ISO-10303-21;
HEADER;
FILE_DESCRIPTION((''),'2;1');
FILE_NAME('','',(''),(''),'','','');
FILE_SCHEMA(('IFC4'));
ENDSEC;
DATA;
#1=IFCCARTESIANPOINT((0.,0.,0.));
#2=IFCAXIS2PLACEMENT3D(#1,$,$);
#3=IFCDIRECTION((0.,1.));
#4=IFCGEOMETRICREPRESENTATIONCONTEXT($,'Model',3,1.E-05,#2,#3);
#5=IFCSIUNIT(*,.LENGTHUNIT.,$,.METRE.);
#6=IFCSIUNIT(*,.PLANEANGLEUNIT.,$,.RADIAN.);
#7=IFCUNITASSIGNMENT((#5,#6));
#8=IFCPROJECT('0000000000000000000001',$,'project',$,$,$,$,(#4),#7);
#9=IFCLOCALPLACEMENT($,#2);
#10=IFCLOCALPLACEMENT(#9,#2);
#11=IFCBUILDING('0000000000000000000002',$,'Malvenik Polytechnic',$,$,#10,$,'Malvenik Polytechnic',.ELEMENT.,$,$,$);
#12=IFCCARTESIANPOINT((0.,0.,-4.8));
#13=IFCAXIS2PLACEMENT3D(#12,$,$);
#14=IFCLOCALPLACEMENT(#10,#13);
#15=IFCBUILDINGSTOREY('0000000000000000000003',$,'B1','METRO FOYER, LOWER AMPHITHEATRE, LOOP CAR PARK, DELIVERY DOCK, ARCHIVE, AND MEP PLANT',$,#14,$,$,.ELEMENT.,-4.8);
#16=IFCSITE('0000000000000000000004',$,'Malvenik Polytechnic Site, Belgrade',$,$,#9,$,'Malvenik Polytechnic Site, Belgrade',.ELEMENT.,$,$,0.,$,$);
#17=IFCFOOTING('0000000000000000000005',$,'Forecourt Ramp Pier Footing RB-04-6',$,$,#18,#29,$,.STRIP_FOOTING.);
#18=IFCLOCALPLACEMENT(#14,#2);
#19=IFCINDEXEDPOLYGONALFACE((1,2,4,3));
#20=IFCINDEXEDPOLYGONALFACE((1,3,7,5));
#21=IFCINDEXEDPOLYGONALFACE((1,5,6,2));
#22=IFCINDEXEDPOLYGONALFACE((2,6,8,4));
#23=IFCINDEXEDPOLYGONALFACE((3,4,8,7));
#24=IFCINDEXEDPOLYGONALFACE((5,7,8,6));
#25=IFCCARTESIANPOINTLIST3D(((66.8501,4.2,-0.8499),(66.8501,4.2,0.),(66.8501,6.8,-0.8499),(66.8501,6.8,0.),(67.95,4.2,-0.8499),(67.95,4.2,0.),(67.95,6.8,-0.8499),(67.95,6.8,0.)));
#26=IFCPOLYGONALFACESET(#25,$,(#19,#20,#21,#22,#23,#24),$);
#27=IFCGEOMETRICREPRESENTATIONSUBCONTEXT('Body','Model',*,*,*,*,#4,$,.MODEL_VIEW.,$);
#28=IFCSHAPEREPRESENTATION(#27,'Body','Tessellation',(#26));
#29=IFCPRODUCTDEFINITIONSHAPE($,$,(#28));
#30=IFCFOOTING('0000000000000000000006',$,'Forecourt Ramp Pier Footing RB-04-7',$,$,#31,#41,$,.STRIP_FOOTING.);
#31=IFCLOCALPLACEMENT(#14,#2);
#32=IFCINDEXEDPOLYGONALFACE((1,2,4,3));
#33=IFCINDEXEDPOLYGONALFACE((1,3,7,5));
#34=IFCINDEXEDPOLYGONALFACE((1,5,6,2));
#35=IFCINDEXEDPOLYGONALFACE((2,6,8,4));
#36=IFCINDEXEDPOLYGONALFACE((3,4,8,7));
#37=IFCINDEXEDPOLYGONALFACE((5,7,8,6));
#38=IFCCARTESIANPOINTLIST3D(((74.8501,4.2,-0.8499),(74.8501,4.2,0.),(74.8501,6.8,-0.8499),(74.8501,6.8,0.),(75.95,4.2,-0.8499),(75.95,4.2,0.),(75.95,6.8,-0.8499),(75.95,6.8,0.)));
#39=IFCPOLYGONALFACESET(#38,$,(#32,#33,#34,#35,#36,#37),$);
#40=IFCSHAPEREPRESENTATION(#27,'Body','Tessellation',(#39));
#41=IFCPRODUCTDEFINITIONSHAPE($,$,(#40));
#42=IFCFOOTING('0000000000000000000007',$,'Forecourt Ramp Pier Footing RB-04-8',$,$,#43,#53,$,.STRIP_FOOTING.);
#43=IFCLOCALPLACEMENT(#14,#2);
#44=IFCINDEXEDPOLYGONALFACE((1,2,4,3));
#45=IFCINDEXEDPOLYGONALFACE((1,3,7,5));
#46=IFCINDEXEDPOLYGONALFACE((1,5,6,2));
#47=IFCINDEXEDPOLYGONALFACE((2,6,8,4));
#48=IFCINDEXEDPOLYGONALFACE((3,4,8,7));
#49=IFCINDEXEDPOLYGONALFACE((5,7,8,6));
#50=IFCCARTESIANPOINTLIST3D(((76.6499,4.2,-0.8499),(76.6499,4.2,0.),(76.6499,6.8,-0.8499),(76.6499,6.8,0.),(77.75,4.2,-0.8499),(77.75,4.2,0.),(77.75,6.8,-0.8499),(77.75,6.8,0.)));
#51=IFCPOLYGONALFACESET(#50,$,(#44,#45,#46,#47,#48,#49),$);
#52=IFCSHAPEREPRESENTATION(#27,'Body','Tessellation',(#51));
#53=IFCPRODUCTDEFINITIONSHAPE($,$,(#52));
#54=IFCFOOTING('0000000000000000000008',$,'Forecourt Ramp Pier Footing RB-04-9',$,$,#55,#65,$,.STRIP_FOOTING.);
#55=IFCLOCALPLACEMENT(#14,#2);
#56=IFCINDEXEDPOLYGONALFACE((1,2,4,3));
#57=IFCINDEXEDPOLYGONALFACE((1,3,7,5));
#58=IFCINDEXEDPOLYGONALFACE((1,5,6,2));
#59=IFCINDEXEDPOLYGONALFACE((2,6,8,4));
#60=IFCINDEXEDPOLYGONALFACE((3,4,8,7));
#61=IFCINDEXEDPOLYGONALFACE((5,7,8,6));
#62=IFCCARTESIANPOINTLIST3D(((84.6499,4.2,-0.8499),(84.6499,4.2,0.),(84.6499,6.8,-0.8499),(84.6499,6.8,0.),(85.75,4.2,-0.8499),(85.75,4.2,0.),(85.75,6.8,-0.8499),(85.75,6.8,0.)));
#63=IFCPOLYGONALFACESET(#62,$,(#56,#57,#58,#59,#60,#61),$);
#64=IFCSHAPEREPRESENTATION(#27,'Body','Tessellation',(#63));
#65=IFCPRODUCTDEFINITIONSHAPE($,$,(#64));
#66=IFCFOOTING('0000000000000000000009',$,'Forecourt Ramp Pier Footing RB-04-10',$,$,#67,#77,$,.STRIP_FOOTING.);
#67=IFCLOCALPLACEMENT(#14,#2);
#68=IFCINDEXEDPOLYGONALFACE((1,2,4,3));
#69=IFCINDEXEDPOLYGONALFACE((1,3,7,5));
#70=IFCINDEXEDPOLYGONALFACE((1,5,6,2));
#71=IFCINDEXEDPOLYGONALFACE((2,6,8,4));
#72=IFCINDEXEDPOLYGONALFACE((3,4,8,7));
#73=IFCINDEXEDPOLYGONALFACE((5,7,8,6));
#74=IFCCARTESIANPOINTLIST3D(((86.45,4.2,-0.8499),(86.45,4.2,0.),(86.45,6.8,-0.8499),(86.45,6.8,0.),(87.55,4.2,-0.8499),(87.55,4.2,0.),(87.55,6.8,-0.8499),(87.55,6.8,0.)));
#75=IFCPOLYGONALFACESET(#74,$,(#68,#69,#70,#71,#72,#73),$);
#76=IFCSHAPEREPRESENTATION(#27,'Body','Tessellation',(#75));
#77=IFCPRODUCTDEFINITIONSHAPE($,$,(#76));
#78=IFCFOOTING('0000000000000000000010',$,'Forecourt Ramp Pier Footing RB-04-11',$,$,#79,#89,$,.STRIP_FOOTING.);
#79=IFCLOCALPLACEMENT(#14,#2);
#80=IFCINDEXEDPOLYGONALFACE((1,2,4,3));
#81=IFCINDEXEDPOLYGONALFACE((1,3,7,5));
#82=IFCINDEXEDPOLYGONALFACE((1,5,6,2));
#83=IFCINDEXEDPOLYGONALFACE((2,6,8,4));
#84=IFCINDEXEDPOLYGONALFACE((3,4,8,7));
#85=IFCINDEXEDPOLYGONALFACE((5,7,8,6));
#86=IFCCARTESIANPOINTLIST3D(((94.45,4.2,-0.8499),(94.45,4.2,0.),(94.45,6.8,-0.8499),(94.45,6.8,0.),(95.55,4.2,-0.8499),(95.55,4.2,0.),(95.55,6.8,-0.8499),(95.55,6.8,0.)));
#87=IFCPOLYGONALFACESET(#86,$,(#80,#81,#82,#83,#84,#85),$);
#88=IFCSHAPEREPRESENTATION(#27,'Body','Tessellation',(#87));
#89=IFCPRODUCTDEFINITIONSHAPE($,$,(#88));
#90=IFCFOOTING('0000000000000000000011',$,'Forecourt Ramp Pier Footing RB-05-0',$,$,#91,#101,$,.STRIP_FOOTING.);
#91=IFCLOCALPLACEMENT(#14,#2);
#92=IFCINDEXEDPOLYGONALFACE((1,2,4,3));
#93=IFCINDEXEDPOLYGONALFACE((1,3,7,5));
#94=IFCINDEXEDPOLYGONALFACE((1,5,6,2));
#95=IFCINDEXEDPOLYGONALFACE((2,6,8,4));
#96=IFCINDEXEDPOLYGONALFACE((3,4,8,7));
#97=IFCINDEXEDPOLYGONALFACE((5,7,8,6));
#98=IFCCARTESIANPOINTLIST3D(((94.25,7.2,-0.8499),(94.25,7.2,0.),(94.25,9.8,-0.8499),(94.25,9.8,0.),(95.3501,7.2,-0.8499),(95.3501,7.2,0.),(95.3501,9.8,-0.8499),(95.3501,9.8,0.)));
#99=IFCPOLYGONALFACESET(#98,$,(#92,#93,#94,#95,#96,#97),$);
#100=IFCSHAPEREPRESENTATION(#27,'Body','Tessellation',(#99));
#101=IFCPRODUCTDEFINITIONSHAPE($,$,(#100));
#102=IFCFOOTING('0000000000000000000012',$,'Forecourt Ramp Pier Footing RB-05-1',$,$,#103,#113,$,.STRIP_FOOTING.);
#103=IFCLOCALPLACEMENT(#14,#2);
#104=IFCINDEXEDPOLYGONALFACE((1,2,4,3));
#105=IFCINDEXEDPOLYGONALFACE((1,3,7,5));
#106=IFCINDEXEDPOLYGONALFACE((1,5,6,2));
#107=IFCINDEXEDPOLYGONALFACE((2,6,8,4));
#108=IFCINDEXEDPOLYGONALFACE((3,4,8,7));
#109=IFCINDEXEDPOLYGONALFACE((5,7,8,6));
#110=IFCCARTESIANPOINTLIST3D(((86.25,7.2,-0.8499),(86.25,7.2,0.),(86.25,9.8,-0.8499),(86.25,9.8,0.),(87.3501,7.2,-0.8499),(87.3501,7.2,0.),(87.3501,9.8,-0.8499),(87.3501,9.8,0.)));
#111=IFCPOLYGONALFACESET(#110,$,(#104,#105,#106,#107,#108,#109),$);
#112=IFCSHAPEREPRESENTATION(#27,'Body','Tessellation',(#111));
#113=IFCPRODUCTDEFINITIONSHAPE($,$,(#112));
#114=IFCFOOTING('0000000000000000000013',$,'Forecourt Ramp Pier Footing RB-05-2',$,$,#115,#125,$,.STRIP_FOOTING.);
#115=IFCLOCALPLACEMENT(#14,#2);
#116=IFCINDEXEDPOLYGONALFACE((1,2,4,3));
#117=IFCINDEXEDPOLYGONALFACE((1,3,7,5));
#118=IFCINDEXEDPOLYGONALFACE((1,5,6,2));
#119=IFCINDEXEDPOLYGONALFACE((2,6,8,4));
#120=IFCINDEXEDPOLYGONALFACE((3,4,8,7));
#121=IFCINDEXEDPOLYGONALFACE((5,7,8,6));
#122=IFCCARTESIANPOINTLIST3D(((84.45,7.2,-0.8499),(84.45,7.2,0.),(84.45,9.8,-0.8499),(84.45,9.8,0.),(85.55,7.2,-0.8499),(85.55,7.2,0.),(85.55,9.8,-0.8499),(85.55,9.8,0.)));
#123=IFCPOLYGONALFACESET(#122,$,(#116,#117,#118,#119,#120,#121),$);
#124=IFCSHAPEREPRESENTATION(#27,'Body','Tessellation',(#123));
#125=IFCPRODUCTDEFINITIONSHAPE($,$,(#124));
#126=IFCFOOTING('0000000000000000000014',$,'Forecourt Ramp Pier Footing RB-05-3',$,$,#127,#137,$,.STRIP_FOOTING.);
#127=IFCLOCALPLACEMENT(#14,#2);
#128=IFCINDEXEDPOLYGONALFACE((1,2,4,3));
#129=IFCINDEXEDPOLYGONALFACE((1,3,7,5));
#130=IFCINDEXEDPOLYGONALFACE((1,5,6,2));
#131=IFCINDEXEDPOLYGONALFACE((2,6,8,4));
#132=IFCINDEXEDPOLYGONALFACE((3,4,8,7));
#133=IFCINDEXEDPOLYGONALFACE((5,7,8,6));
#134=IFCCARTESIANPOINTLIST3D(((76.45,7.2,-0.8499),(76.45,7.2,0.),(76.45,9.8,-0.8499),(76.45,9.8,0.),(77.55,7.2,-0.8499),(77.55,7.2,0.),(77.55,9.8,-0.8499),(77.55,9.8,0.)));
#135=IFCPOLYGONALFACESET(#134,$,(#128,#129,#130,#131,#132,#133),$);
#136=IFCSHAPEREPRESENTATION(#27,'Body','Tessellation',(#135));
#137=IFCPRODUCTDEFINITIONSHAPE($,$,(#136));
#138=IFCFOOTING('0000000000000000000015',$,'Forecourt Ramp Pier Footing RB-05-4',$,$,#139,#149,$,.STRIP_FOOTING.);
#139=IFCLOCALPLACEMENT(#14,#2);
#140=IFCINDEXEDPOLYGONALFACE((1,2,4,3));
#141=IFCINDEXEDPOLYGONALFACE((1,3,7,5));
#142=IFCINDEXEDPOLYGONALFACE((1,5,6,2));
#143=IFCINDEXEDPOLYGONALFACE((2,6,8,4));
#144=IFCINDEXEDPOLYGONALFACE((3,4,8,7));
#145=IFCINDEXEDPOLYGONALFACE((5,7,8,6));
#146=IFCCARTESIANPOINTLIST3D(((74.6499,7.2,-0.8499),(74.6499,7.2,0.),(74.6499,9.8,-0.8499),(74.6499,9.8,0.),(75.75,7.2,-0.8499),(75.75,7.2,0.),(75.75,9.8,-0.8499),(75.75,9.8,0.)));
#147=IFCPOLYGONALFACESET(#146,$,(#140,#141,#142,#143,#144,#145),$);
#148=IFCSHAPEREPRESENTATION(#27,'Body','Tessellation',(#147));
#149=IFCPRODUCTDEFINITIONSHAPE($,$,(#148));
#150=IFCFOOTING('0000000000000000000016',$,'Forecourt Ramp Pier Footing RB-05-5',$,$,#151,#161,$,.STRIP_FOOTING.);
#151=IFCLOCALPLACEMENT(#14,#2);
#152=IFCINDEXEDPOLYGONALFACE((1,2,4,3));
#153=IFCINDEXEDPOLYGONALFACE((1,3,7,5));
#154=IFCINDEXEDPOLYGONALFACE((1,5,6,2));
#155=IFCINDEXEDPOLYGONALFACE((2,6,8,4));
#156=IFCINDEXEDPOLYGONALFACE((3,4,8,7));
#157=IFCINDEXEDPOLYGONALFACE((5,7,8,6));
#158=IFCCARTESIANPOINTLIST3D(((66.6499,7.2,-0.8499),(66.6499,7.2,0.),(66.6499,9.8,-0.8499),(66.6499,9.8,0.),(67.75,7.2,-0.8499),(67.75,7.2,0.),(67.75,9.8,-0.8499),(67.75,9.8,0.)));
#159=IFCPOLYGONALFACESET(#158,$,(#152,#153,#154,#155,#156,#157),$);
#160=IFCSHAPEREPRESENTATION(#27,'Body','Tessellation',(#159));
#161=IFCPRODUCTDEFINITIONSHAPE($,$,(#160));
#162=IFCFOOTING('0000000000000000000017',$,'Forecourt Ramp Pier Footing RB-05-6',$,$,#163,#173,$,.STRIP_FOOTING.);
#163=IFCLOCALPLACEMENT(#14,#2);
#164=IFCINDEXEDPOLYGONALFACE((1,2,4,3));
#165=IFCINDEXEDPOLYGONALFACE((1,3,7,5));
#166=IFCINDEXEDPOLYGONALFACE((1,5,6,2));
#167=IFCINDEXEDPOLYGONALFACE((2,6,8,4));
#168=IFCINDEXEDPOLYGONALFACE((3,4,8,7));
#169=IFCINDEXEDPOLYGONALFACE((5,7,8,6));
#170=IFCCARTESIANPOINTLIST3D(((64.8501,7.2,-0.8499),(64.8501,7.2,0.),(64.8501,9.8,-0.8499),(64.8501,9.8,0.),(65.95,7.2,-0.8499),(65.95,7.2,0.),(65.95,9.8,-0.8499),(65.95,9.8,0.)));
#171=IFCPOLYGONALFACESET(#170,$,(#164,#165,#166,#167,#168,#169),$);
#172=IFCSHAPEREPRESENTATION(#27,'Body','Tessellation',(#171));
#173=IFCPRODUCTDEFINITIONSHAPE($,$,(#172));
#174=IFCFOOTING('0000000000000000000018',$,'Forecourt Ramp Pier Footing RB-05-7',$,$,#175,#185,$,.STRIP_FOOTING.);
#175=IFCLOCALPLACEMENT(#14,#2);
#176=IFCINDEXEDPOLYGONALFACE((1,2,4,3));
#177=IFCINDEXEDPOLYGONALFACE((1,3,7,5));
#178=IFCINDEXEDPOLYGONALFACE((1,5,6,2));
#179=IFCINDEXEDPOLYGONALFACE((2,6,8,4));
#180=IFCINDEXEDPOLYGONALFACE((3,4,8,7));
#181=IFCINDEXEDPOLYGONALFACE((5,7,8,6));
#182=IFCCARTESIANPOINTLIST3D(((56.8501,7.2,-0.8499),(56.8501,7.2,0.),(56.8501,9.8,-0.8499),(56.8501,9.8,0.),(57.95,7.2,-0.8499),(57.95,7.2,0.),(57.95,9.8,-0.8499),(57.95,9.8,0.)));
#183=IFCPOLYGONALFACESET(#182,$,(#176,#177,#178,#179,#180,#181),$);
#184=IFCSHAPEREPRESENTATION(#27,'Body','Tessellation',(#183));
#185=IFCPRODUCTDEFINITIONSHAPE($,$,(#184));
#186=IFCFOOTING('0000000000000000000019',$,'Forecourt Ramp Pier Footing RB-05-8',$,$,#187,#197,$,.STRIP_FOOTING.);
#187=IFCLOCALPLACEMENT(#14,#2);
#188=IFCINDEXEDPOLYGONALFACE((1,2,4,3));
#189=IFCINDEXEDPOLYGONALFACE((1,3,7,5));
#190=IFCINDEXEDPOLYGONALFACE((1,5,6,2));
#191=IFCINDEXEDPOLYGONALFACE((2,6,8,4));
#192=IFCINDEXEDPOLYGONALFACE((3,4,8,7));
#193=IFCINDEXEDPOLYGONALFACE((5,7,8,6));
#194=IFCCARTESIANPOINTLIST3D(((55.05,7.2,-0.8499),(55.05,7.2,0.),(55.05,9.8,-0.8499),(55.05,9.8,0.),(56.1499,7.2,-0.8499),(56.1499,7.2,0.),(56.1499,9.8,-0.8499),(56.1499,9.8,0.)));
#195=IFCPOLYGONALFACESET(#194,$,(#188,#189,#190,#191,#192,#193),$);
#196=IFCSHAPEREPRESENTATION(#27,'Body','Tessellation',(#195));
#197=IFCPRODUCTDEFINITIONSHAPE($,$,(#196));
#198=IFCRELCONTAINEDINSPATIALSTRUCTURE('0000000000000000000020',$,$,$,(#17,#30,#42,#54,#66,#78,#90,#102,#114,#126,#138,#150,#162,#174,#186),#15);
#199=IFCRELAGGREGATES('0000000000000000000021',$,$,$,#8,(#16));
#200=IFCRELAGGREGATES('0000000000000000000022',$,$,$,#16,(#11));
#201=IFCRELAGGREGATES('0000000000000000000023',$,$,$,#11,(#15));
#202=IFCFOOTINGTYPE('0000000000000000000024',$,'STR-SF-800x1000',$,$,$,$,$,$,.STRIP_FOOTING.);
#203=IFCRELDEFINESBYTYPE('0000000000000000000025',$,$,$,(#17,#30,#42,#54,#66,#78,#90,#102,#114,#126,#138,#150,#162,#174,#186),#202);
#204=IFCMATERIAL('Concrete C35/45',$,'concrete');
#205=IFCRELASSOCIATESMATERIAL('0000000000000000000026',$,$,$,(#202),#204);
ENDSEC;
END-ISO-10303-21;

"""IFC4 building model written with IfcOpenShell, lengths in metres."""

from ifc_helpers import new_model, si_unit, direction, frame, origin, place, context, subcontext, project, spatial, polyline, outline, extrude, material, type_object, element, save


model = new_model("IFC4")

# Units and contexts
model_context = context("Model", 3, precision=1e-05, world=origin(), true_north=direction((0.0, 1.0)))
body_context = subcontext(model_context, "Body", "Model", "MODEL_VIEW")
ifc_project = project(units=[si_unit("LENGTHUNIT", "METRE"), si_unit("PLANEANGLEUNIT", "RADIAN")], contexts=[model_context])

# Site, building, storey
site_placement = place(None, origin())
site = spatial("IfcSite", under=ifc_project, at=site_placement, Name="Malvenik Polytechnic Site, Belgrade", LongName="Malvenik Polytechnic Site, Belgrade", CompositionType="ELEMENT", RefElevation=0.0)
building_placement = place(site_placement, origin())
building = spatial("IfcBuilding", under=site, at=building_placement, Name="Malvenik Polytechnic", LongName="Malvenik Polytechnic", CompositionType="ELEMENT")
storey_placement = place(building_placement, frame((0.0, 0.0, -4.8)))
storey = spatial("IfcBuildingStorey", under=building, at=storey_placement, Name="B1", Description="METRO FOYER, LOWER AMPHITHEATRE, LOOP CAR PARK, DELIVERY DOCK, ARCHIVE, AND MEP PLANT", CompositionType="ELEMENT", Elevation=-4.8)

# Footings
ifc_material = material(Name="Concrete C35/45", Category="concrete")
footing_type = type_object("IfcFootingType", Name="STR-SF-800x1000", PredefinedType="STRIP_FOOTING", material=ifc_material)
footing_1_placement = place(storey_placement, frame((0.0, 0.0, -0.8499)))
element("IfcFooting", 1, at=footing_1_placement, inside=storey, type_object=footing_type, Name="Forecourt Ramp Pier Footing RB-04-6", PredefinedType="STRIP_FOOTING", context=body_context, shape_type="SweptSolid", body=[
    extrude(outline(polyline([(66.8501, 4.2), (66.8501, 6.8), (67.95, 6.8), (67.95, 4.2), (66.8501, 4.2)])), origin(), (0.0, 0.0, 1.0), 0.8499),
])
footing_2_placement = place(storey_placement, frame((0.0, 0.0, -0.8499)))
element("IfcFooting", 2, at=footing_2_placement, inside=storey, type_object=footing_type, Name="Forecourt Ramp Pier Footing RB-04-7", PredefinedType="STRIP_FOOTING", context=body_context, shape_type="SweptSolid", body=[
    extrude(outline(polyline([(74.8501, 4.2), (74.8501, 6.8), (75.95, 6.8), (75.95, 4.2), (74.8501, 4.2)])), origin(), (0.0, 0.0, 1.0), 0.8499),
])
footing_3_placement = place(storey_placement, frame((0.0, 0.0, -0.8499)))
element("IfcFooting", 3, at=footing_3_placement, inside=storey, type_object=footing_type, Name="Forecourt Ramp Pier Footing RB-04-8", PredefinedType="STRIP_FOOTING", context=body_context, shape_type="SweptSolid", body=[
    extrude(outline(polyline([(76.6499, 4.2), (76.6499, 6.8), (77.75, 6.8), (77.75, 4.2), (76.6499, 4.2)])), origin(), (0.0, 0.0, 1.0), 0.8499),
])
footing_4_placement = place(storey_placement, frame((0.0, 0.0, -0.8499)))
element("IfcFooting", 4, at=footing_4_placement, inside=storey, type_object=footing_type, Name="Forecourt Ramp Pier Footing RB-04-9", PredefinedType="STRIP_FOOTING", context=body_context, shape_type="SweptSolid", body=[
    extrude(outline(polyline([(84.6499, 4.2), (84.6499, 6.8), (85.75, 6.8), (85.75, 4.2), (84.6499, 4.2)])), origin(), (0.0, 0.0, 1.0), 0.8499),
])
footing_5_placement = place(storey_placement, frame((0.0, 0.0, -0.8499)))
element("IfcFooting", 5, at=footing_5_placement, inside=storey, type_object=footing_type, Name="Forecourt Ramp Pier Footing RB-04-10", PredefinedType="STRIP_FOOTING", context=body_context, shape_type="SweptSolid", body=[
    extrude(outline(polyline([(86.45, 4.2), (86.45, 6.8), (87.55, 6.8), (87.55, 4.2), (86.45, 4.2)])), origin(), (0.0, 0.0, 1.0), 0.8499),
])
footing_6_placement = place(storey_placement, frame((0.0, 0.0, -0.8499)))
element("IfcFooting", 6, at=footing_6_placement, inside=storey, type_object=footing_type, Name="Forecourt Ramp Pier Footing RB-04-11", PredefinedType="STRIP_FOOTING", context=body_context, shape_type="SweptSolid", body=[
    extrude(outline(polyline([(94.45, 4.2), (94.45, 6.8), (95.55, 6.8), (95.55, 4.2), (94.45, 4.2)])), origin(), (0.0, 0.0, 1.0), 0.8499),
])
footing_7_placement = place(storey_placement, frame((0.0, 0.0, -0.8499)))
element("IfcFooting", 7, at=footing_7_placement, inside=storey, type_object=footing_type, Name="Forecourt Ramp Pier Footing RB-05-0", PredefinedType="STRIP_FOOTING", context=body_context, shape_type="SweptSolid", body=[
    extrude(outline(polyline([(94.25, 7.2), (94.25, 9.8), (95.3501, 9.8), (95.3501, 7.2), (94.25, 7.2)])), origin(), (0.0, 0.0, 1.0), 0.8499),
])
footing_8_placement = place(storey_placement, frame((0.0, 0.0, -0.8499)))
element("IfcFooting", 8, at=footing_8_placement, inside=storey, type_object=footing_type, Name="Forecourt Ramp Pier Footing RB-05-1", PredefinedType="STRIP_FOOTING", context=body_context, shape_type="SweptSolid", body=[
    extrude(outline(polyline([(86.25, 7.2), (86.25, 9.8), (87.3501, 9.8), (87.3501, 7.2), (86.25, 7.2)])), origin(), (0.0, 0.0, 1.0), 0.8499),
])
footing_9_placement = place(storey_placement, frame((0.0, 0.0, -0.8499)))
element("IfcFooting", 9, at=footing_9_placement, inside=storey, type_object=footing_type, Name="Forecourt Ramp Pier Footing RB-05-2", PredefinedType="STRIP_FOOTING", context=body_context, shape_type="SweptSolid", body=[
    extrude(outline(polyline([(84.45, 7.2), (84.45, 9.8), (85.55, 9.8), (85.55, 7.2), (84.45, 7.2)])), origin(), (0.0, 0.0, 1.0), 0.8499),
])
footing_10_placement = place(storey_placement, frame((0.0, 0.0, -0.8499)))
element("IfcFooting", 10, at=footing_10_placement, inside=storey, type_object=footing_type, Name="Forecourt Ramp Pier Footing RB-05-3", PredefinedType="STRIP_FOOTING", context=body_context, shape_type="SweptSolid", body=[
    extrude(outline(polyline([(76.45, 7.2), (76.45, 9.8), (77.55, 9.8), (77.55, 7.2), (76.45, 7.2)])), origin(), (0.0, 0.0, 1.0), 0.8499),
])
footing_11_placement = place(storey_placement, frame((0.0, 0.0, -0.8499)))
element("IfcFooting", 11, at=footing_11_placement, inside=storey, type_object=footing_type, Name="Forecourt Ramp Pier Footing RB-05-4", PredefinedType="STRIP_FOOTING", context=body_context, shape_type="SweptSolid", body=[
    extrude(outline(polyline([(74.6499, 7.2), (74.6499, 9.8), (75.75, 9.8), (75.75, 7.2), (74.6499, 7.2)])), origin(), (0.0, 0.0, 1.0), 0.8499),
])
footing_12_placement = place(storey_placement, frame((0.0, 0.0, -0.8499)))
element("IfcFooting", 12, at=footing_12_placement, inside=storey, type_object=footing_type, Name="Forecourt Ramp Pier Footing RB-05-5", PredefinedType="STRIP_FOOTING", context=body_context, shape_type="SweptSolid", body=[
    extrude(outline(polyline([(66.6499, 7.2), (66.6499, 9.8), (67.75, 9.8), (67.75, 7.2), (66.6499, 7.2)])), origin(), (0.0, 0.0, 1.0), 0.8499),
])
footing_13_placement = place(storey_placement, frame((0.0, 0.0, -0.8499)))
element("IfcFooting", 13, at=footing_13_placement, inside=storey, type_object=footing_type, Name="Forecourt Ramp Pier Footing RB-05-6", PredefinedType="STRIP_FOOTING", context=body_context, shape_type="SweptSolid", body=[
    extrude(outline(polyline([(64.8501, 7.2), (64.8501, 9.8), (65.95, 9.8), (65.95, 7.2), (64.8501, 7.2)])), origin(), (0.0, 0.0, 1.0), 0.8499),
])
footing_14_placement = place(storey_placement, frame((0.0, 0.0, -0.8499)))
element("IfcFooting", 14, at=footing_14_placement, inside=storey, type_object=footing_type, Name="Forecourt Ramp Pier Footing RB-05-7", PredefinedType="STRIP_FOOTING", context=body_context, shape_type="SweptSolid", body=[
    extrude(outline(polyline([(56.8501, 7.2), (56.8501, 9.8), (57.95, 9.8), (57.95, 7.2), (56.8501, 7.2)])), origin(), (0.0, 0.0, 1.0), 0.8499),
])
footing_15_placement = place(storey_placement, frame((0.0, 0.0, -0.8499)))
element("IfcFooting", 15, at=footing_15_placement, inside=storey, type_object=footing_type, Name="Forecourt Ramp Pier Footing RB-05-8", PredefinedType="STRIP_FOOTING", context=body_context, shape_type="SweptSolid", body=[
    extrude(outline(polyline([(55.05, 7.2), (55.05, 9.8), (56.1499, 9.8), (56.1499, 7.2), (55.05, 7.2)])), origin(), (0.0, 0.0, 1.0), 0.8499),
])

save(model, "model.ifc")
